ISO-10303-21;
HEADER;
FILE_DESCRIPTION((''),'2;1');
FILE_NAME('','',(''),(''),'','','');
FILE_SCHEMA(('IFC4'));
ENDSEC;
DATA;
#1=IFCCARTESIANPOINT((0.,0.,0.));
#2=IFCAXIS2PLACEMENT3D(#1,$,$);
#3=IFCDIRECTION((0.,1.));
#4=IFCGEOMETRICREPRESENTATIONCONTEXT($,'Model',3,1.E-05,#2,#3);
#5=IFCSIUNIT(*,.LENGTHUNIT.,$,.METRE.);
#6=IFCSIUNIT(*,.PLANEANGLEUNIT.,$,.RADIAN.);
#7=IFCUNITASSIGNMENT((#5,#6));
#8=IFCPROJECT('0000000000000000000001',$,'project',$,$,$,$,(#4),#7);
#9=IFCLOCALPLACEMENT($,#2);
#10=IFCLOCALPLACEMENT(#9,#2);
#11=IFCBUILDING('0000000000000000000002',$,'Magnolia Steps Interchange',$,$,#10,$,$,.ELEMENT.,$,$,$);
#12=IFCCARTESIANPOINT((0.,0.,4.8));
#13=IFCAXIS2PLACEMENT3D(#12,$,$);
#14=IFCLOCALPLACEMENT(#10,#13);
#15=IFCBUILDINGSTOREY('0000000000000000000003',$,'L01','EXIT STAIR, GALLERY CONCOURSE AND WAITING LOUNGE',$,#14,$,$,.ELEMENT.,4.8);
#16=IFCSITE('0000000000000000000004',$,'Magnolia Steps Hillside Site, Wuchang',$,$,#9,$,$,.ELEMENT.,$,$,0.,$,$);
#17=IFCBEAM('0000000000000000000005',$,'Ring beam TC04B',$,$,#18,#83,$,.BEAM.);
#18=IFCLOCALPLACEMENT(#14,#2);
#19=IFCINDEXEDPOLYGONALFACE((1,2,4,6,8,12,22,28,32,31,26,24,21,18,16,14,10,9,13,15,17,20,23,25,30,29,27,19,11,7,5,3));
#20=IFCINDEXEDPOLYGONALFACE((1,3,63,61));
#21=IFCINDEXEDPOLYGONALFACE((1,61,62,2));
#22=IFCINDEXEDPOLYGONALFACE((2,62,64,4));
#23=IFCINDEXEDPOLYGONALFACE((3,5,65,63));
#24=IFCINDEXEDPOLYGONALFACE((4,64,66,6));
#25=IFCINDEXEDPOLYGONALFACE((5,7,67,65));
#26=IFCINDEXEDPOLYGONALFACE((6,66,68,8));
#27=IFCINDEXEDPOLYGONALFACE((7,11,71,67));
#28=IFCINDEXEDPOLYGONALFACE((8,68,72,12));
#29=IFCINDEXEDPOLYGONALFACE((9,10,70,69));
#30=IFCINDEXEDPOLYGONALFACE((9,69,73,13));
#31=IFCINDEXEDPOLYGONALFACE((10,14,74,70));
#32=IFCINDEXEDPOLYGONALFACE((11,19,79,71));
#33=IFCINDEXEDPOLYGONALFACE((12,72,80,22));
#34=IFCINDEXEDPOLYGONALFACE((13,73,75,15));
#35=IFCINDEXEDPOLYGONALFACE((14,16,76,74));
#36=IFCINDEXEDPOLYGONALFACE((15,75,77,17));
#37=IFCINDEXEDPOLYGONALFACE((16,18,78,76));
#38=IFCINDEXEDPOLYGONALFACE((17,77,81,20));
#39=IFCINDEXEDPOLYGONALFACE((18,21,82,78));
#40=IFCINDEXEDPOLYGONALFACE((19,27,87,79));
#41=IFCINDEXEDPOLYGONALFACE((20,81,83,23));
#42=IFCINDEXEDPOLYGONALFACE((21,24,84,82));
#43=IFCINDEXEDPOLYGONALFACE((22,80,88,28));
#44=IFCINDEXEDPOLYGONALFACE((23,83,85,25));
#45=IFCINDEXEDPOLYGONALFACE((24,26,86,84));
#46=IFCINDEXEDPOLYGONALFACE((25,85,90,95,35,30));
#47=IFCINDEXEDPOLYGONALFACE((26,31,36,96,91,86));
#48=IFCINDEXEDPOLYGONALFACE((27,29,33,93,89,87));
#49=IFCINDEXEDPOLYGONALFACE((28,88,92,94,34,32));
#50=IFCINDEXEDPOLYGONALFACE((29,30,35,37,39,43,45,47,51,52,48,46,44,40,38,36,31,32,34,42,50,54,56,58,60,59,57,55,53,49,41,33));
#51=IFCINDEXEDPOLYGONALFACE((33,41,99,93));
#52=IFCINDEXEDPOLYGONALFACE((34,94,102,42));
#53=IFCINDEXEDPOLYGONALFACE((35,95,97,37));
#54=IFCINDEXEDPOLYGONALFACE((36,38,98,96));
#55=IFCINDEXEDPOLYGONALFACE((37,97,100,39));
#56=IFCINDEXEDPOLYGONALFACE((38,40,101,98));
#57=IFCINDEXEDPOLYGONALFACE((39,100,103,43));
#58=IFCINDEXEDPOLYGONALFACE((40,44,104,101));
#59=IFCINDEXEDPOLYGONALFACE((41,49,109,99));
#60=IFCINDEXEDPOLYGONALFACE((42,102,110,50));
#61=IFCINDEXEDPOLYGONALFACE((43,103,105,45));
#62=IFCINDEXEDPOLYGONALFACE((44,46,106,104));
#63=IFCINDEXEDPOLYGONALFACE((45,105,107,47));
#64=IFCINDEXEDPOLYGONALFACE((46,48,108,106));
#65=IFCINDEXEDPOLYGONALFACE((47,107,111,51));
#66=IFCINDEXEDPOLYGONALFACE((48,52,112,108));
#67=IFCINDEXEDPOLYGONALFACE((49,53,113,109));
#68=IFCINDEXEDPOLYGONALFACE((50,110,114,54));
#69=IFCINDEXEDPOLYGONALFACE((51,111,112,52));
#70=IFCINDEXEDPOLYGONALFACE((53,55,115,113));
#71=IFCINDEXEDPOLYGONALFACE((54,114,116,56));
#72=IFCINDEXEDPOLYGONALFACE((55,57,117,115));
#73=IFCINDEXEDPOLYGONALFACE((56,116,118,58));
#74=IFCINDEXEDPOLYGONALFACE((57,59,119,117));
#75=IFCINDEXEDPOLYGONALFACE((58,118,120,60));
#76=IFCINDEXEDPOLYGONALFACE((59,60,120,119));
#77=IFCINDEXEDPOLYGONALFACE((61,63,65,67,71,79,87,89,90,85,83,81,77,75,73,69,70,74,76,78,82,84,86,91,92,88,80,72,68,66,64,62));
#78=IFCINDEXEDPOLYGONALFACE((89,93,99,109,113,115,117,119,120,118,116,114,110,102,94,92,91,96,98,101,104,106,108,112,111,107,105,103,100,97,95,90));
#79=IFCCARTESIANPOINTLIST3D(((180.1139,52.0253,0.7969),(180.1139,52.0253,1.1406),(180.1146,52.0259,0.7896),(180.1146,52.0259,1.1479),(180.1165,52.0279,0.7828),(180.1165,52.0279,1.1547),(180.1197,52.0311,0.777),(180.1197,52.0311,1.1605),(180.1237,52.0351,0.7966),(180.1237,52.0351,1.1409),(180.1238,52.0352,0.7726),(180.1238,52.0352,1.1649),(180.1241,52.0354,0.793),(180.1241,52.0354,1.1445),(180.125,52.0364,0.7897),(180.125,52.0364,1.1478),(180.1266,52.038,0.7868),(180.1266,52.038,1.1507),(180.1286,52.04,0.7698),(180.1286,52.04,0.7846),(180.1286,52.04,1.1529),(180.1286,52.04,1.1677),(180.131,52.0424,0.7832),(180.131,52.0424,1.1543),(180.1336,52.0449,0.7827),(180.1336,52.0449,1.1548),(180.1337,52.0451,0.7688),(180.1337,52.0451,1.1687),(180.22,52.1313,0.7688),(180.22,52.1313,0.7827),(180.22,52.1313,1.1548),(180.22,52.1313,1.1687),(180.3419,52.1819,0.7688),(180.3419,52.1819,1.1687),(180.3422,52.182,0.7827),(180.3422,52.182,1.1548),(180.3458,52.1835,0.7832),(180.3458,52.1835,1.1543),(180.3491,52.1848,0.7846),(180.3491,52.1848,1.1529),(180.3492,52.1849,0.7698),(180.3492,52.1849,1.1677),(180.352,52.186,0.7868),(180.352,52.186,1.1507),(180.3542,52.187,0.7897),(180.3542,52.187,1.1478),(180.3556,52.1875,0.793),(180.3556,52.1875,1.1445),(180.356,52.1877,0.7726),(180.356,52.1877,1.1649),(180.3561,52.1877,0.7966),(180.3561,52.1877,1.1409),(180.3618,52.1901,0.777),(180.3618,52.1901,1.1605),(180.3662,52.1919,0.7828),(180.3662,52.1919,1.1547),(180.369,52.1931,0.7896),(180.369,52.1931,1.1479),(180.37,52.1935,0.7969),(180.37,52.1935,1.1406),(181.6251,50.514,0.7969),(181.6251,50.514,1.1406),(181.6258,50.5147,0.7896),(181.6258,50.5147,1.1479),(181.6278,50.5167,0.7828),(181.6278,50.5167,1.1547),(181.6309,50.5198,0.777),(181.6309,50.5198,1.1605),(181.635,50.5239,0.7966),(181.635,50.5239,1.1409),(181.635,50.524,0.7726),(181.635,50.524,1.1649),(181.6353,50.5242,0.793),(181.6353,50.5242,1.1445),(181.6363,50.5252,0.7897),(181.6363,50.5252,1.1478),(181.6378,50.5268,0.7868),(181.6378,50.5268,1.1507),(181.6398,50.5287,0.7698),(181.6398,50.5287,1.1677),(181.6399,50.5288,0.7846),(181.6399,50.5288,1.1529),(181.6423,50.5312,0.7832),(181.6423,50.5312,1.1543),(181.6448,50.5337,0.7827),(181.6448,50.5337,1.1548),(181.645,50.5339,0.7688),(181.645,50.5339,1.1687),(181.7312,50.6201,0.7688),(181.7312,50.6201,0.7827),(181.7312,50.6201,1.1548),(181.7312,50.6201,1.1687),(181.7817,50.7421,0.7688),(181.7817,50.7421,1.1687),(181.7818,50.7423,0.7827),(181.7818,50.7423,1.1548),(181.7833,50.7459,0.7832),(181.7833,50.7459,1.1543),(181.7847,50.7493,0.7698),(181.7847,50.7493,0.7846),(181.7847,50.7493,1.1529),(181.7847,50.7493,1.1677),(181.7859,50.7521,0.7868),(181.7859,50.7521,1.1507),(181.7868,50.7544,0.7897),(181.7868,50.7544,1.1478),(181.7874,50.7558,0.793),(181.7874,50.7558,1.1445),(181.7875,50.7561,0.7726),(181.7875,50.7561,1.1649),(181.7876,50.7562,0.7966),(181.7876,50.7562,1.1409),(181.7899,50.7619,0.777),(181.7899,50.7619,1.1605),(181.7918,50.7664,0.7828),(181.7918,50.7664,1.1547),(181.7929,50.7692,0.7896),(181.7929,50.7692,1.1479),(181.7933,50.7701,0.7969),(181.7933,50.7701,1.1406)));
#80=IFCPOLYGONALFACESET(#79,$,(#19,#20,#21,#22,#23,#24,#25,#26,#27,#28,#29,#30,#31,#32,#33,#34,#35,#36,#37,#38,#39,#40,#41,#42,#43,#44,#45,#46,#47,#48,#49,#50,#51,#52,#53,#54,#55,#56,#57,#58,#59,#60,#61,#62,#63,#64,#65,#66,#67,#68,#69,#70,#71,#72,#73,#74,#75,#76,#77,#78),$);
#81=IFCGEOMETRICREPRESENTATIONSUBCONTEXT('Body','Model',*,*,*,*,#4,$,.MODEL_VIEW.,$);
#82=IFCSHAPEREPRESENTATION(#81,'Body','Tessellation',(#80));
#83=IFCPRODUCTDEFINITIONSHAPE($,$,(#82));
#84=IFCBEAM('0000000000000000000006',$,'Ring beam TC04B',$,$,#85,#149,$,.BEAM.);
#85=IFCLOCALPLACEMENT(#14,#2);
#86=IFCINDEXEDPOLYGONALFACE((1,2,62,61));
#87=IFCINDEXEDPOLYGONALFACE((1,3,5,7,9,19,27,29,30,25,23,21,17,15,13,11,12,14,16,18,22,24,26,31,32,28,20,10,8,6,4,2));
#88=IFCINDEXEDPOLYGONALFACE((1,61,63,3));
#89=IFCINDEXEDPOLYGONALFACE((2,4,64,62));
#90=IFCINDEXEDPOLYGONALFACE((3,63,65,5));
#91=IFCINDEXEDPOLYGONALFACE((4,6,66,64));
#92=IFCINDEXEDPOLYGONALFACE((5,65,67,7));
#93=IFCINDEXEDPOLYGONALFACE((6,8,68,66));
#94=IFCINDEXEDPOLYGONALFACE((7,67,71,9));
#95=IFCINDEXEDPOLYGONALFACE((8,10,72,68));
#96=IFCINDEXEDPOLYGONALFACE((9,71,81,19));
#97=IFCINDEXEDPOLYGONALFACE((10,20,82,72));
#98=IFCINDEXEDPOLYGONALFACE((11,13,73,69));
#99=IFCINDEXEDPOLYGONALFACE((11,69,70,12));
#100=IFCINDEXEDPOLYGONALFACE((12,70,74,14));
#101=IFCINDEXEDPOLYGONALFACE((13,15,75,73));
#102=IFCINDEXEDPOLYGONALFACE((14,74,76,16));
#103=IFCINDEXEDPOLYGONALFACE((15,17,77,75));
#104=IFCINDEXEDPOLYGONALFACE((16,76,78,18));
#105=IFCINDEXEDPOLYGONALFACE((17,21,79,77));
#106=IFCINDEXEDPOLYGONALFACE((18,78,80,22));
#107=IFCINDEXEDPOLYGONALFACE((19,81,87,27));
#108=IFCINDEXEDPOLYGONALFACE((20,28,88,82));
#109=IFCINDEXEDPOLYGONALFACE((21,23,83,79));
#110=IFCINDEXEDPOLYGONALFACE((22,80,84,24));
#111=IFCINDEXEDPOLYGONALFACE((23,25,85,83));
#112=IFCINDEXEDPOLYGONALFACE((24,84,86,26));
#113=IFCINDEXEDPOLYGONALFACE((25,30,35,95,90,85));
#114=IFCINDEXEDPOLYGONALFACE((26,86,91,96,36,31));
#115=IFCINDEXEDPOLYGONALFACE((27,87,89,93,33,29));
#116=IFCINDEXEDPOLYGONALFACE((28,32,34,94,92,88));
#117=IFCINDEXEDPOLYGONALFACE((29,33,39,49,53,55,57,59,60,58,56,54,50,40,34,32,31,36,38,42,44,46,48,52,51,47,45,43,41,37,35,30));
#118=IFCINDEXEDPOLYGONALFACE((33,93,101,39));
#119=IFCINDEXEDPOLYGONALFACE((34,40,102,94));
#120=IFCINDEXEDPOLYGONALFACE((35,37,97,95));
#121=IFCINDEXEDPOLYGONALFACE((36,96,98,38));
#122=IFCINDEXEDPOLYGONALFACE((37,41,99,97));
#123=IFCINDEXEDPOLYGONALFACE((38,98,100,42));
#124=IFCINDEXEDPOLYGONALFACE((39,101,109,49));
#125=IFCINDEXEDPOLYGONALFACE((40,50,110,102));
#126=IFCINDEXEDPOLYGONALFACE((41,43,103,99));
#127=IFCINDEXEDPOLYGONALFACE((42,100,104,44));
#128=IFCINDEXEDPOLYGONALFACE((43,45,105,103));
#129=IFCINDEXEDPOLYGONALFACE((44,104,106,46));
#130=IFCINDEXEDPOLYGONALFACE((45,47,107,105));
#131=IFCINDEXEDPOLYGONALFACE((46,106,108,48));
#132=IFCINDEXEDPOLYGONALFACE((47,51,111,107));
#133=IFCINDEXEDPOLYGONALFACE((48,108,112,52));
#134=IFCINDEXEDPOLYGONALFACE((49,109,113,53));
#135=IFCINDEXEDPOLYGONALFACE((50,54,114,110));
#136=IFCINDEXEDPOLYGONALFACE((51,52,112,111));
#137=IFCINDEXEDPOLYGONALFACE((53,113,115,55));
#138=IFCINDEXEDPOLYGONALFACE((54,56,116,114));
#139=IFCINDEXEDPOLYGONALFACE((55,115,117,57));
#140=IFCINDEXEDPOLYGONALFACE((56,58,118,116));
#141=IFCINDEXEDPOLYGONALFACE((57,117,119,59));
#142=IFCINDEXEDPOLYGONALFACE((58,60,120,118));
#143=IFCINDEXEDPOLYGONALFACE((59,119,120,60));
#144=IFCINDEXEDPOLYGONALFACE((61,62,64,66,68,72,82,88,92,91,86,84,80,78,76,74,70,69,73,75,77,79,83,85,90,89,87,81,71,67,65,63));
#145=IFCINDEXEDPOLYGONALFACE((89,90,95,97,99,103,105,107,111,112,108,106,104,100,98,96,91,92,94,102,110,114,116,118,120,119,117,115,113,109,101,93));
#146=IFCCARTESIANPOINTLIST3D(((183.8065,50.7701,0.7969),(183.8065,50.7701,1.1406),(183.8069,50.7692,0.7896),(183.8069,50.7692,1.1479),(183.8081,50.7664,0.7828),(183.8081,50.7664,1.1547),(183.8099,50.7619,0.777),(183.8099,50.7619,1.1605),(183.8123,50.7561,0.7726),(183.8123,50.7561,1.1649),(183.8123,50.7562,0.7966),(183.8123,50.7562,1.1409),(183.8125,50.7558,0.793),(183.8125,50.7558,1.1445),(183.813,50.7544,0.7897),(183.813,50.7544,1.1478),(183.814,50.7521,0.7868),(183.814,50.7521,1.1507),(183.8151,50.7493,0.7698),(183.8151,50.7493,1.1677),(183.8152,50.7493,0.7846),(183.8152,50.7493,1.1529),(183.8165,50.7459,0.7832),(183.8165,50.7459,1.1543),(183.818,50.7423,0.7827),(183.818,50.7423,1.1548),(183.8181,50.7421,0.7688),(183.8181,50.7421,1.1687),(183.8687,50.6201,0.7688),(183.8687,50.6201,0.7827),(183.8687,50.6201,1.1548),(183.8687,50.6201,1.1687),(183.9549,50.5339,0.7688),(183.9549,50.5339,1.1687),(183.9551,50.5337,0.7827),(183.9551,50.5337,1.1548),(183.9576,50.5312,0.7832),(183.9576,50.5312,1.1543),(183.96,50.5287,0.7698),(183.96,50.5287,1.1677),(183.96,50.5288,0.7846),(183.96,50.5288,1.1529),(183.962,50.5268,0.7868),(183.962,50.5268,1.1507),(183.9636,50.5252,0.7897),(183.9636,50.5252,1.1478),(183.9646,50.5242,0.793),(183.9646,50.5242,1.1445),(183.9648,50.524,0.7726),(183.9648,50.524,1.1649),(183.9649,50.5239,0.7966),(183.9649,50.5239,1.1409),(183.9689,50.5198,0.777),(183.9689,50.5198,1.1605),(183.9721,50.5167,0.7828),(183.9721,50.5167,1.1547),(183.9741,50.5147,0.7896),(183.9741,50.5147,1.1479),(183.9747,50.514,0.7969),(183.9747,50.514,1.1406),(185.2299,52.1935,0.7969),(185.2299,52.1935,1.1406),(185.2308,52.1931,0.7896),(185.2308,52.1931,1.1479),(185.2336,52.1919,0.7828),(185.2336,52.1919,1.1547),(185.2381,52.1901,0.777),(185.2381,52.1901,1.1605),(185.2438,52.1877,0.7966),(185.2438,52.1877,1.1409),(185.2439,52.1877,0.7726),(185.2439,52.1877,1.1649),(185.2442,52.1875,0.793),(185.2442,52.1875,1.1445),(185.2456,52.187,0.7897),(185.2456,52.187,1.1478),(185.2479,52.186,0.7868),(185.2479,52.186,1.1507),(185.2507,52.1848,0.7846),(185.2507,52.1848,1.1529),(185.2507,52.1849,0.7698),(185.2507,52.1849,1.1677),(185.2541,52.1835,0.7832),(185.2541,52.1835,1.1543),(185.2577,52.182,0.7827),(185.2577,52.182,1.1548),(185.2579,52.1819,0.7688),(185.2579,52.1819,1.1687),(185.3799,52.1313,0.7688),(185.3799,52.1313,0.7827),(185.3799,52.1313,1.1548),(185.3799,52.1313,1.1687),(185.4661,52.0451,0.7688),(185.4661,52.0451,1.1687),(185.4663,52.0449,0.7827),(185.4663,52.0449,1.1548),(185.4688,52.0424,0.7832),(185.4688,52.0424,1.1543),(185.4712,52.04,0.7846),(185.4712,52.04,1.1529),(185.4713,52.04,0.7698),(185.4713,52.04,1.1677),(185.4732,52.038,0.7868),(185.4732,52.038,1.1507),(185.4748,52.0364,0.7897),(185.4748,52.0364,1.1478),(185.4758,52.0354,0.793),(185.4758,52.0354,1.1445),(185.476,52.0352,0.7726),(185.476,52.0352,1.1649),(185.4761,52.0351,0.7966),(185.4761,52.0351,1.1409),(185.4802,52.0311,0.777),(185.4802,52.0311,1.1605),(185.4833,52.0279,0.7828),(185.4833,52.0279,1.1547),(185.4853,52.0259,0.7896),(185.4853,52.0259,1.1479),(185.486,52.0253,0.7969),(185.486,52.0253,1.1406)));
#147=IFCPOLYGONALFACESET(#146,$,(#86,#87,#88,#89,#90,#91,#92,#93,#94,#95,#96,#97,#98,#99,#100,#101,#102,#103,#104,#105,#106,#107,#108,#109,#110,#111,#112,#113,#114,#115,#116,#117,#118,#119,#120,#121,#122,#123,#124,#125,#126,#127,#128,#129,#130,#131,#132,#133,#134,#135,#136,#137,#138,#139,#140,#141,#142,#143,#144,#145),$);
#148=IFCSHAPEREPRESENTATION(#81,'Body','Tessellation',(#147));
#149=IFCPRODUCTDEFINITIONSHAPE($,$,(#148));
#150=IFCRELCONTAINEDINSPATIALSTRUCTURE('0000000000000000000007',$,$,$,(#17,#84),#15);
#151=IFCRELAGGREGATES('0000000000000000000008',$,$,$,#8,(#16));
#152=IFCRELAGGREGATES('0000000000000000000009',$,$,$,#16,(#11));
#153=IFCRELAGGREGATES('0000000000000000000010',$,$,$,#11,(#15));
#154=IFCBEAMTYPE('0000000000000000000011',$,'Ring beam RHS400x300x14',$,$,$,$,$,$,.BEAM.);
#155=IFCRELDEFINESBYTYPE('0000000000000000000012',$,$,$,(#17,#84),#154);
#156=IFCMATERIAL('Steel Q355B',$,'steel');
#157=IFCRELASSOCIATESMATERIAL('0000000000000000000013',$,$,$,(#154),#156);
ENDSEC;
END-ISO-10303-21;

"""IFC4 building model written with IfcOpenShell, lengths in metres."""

from ifc_helpers import new_model, si_unit, direction, frame, origin, origin_2d, place, context, subcontext, project, spatial, hollow_rectangle, extrude, clip, halfspace, material, material_profile, profile_set, type_object, element, save


model = new_model("IFC4")

# Units and contexts
model_context = context("Model", 3, precision=1e-05, world=origin(), true_north=direction((0.0, 1.0)))
body_context = subcontext(model_context, "Body", "Model", "MODEL_VIEW")
ifc_project = project(units=[si_unit("LENGTHUNIT", "METRE"), si_unit("PLANEANGLEUNIT", "RADIAN")], contexts=[model_context])

# Site, building, storey
site_placement = place(None, origin())
site = spatial("IfcSite", under=ifc_project, at=site_placement, Name="Magnolia Steps Hillside Site, Wuchang", CompositionType="ELEMENT", RefElevation=0.0)
building_placement = place(site_placement, origin())
building = spatial("IfcBuilding", under=site, at=building_placement, Name="Magnolia Steps Interchange", CompositionType="ELEMENT")
storey_placement = place(building_placement, frame((0.0, 0.0, 4.8)))
storey = spatial("IfcBuildingStorey", under=building, at=storey_placement, Name="L01", Description="EXIT STAIR, GALLERY CONCOURSE AND WAITING LOUNGE", CompositionType="ELEMENT", Elevation=4.8)

# Beams
ifc_material_1 = material(Name="Steel Q355B", Category="steel")
ifc_material_profile_1 = material_profile(ifc_material_1, hollow_rectangle(XDim=0.3, YDim=0.3999, WallThickness=0.0139, InnerFilletRadius=0.0139, OuterFilletRadius=0.0281, at=origin_2d()), Name="RHS400x300x14")
ifc_profile_set_1 = profile_set([ifc_material_profile_1], Name="Steel Q355B")
beam_type_1 = type_object("IfcBeamType", Name="Ring beam RHS400x300x14", PredefinedType="BEAM", material=ifc_profile_set_1)
for number, where, z_axis, x_axis, name in (
    (1, (180.22, 52.1313, 0.9688), (0.707107, -0.707107, 0.0), (0.707107, 0.707107, 0.0), "Ring beam TC04B"),
    (2, (183.8687, 50.6201, 0.9688), (0.707107, 0.707107, 0.0), (-0.707107, 0.707107, 0.0), "Ring beam TC04B"),
):
    element("IfcBeam", number, at=place(storey_placement, frame(where, z_axis=z_axis, x_axis=x_axis)), inside=storey, type_object=beam_type_1, Name=name, PredefinedType="BEAM", context=body_context, shape_type="Clipping", body=[
        clip(clip(extrude(hollow_rectangle(XDim=0.3, YDim=0.3999, WallThickness=0.0139, InnerFilletRadius=0.0139, OuterFilletRadius=0.0281, at=origin_2d()), origin(), (0.0, 0.0, 1.0), 2.1372), halfspace(frame((0.0, 0.0, 0.0), z_axis=(0.382683, 0.0, -0.92388), x_axis=(0.92388, 0.0, 0.382683)), False)), halfspace(frame((0.0, 0.0, 2.1372), z_axis=(0.382683, 0.0, 0.92388), x_axis=(0.92388, 0.0, -0.382683)), False)),
    ])

save(model, "model.ifc")
